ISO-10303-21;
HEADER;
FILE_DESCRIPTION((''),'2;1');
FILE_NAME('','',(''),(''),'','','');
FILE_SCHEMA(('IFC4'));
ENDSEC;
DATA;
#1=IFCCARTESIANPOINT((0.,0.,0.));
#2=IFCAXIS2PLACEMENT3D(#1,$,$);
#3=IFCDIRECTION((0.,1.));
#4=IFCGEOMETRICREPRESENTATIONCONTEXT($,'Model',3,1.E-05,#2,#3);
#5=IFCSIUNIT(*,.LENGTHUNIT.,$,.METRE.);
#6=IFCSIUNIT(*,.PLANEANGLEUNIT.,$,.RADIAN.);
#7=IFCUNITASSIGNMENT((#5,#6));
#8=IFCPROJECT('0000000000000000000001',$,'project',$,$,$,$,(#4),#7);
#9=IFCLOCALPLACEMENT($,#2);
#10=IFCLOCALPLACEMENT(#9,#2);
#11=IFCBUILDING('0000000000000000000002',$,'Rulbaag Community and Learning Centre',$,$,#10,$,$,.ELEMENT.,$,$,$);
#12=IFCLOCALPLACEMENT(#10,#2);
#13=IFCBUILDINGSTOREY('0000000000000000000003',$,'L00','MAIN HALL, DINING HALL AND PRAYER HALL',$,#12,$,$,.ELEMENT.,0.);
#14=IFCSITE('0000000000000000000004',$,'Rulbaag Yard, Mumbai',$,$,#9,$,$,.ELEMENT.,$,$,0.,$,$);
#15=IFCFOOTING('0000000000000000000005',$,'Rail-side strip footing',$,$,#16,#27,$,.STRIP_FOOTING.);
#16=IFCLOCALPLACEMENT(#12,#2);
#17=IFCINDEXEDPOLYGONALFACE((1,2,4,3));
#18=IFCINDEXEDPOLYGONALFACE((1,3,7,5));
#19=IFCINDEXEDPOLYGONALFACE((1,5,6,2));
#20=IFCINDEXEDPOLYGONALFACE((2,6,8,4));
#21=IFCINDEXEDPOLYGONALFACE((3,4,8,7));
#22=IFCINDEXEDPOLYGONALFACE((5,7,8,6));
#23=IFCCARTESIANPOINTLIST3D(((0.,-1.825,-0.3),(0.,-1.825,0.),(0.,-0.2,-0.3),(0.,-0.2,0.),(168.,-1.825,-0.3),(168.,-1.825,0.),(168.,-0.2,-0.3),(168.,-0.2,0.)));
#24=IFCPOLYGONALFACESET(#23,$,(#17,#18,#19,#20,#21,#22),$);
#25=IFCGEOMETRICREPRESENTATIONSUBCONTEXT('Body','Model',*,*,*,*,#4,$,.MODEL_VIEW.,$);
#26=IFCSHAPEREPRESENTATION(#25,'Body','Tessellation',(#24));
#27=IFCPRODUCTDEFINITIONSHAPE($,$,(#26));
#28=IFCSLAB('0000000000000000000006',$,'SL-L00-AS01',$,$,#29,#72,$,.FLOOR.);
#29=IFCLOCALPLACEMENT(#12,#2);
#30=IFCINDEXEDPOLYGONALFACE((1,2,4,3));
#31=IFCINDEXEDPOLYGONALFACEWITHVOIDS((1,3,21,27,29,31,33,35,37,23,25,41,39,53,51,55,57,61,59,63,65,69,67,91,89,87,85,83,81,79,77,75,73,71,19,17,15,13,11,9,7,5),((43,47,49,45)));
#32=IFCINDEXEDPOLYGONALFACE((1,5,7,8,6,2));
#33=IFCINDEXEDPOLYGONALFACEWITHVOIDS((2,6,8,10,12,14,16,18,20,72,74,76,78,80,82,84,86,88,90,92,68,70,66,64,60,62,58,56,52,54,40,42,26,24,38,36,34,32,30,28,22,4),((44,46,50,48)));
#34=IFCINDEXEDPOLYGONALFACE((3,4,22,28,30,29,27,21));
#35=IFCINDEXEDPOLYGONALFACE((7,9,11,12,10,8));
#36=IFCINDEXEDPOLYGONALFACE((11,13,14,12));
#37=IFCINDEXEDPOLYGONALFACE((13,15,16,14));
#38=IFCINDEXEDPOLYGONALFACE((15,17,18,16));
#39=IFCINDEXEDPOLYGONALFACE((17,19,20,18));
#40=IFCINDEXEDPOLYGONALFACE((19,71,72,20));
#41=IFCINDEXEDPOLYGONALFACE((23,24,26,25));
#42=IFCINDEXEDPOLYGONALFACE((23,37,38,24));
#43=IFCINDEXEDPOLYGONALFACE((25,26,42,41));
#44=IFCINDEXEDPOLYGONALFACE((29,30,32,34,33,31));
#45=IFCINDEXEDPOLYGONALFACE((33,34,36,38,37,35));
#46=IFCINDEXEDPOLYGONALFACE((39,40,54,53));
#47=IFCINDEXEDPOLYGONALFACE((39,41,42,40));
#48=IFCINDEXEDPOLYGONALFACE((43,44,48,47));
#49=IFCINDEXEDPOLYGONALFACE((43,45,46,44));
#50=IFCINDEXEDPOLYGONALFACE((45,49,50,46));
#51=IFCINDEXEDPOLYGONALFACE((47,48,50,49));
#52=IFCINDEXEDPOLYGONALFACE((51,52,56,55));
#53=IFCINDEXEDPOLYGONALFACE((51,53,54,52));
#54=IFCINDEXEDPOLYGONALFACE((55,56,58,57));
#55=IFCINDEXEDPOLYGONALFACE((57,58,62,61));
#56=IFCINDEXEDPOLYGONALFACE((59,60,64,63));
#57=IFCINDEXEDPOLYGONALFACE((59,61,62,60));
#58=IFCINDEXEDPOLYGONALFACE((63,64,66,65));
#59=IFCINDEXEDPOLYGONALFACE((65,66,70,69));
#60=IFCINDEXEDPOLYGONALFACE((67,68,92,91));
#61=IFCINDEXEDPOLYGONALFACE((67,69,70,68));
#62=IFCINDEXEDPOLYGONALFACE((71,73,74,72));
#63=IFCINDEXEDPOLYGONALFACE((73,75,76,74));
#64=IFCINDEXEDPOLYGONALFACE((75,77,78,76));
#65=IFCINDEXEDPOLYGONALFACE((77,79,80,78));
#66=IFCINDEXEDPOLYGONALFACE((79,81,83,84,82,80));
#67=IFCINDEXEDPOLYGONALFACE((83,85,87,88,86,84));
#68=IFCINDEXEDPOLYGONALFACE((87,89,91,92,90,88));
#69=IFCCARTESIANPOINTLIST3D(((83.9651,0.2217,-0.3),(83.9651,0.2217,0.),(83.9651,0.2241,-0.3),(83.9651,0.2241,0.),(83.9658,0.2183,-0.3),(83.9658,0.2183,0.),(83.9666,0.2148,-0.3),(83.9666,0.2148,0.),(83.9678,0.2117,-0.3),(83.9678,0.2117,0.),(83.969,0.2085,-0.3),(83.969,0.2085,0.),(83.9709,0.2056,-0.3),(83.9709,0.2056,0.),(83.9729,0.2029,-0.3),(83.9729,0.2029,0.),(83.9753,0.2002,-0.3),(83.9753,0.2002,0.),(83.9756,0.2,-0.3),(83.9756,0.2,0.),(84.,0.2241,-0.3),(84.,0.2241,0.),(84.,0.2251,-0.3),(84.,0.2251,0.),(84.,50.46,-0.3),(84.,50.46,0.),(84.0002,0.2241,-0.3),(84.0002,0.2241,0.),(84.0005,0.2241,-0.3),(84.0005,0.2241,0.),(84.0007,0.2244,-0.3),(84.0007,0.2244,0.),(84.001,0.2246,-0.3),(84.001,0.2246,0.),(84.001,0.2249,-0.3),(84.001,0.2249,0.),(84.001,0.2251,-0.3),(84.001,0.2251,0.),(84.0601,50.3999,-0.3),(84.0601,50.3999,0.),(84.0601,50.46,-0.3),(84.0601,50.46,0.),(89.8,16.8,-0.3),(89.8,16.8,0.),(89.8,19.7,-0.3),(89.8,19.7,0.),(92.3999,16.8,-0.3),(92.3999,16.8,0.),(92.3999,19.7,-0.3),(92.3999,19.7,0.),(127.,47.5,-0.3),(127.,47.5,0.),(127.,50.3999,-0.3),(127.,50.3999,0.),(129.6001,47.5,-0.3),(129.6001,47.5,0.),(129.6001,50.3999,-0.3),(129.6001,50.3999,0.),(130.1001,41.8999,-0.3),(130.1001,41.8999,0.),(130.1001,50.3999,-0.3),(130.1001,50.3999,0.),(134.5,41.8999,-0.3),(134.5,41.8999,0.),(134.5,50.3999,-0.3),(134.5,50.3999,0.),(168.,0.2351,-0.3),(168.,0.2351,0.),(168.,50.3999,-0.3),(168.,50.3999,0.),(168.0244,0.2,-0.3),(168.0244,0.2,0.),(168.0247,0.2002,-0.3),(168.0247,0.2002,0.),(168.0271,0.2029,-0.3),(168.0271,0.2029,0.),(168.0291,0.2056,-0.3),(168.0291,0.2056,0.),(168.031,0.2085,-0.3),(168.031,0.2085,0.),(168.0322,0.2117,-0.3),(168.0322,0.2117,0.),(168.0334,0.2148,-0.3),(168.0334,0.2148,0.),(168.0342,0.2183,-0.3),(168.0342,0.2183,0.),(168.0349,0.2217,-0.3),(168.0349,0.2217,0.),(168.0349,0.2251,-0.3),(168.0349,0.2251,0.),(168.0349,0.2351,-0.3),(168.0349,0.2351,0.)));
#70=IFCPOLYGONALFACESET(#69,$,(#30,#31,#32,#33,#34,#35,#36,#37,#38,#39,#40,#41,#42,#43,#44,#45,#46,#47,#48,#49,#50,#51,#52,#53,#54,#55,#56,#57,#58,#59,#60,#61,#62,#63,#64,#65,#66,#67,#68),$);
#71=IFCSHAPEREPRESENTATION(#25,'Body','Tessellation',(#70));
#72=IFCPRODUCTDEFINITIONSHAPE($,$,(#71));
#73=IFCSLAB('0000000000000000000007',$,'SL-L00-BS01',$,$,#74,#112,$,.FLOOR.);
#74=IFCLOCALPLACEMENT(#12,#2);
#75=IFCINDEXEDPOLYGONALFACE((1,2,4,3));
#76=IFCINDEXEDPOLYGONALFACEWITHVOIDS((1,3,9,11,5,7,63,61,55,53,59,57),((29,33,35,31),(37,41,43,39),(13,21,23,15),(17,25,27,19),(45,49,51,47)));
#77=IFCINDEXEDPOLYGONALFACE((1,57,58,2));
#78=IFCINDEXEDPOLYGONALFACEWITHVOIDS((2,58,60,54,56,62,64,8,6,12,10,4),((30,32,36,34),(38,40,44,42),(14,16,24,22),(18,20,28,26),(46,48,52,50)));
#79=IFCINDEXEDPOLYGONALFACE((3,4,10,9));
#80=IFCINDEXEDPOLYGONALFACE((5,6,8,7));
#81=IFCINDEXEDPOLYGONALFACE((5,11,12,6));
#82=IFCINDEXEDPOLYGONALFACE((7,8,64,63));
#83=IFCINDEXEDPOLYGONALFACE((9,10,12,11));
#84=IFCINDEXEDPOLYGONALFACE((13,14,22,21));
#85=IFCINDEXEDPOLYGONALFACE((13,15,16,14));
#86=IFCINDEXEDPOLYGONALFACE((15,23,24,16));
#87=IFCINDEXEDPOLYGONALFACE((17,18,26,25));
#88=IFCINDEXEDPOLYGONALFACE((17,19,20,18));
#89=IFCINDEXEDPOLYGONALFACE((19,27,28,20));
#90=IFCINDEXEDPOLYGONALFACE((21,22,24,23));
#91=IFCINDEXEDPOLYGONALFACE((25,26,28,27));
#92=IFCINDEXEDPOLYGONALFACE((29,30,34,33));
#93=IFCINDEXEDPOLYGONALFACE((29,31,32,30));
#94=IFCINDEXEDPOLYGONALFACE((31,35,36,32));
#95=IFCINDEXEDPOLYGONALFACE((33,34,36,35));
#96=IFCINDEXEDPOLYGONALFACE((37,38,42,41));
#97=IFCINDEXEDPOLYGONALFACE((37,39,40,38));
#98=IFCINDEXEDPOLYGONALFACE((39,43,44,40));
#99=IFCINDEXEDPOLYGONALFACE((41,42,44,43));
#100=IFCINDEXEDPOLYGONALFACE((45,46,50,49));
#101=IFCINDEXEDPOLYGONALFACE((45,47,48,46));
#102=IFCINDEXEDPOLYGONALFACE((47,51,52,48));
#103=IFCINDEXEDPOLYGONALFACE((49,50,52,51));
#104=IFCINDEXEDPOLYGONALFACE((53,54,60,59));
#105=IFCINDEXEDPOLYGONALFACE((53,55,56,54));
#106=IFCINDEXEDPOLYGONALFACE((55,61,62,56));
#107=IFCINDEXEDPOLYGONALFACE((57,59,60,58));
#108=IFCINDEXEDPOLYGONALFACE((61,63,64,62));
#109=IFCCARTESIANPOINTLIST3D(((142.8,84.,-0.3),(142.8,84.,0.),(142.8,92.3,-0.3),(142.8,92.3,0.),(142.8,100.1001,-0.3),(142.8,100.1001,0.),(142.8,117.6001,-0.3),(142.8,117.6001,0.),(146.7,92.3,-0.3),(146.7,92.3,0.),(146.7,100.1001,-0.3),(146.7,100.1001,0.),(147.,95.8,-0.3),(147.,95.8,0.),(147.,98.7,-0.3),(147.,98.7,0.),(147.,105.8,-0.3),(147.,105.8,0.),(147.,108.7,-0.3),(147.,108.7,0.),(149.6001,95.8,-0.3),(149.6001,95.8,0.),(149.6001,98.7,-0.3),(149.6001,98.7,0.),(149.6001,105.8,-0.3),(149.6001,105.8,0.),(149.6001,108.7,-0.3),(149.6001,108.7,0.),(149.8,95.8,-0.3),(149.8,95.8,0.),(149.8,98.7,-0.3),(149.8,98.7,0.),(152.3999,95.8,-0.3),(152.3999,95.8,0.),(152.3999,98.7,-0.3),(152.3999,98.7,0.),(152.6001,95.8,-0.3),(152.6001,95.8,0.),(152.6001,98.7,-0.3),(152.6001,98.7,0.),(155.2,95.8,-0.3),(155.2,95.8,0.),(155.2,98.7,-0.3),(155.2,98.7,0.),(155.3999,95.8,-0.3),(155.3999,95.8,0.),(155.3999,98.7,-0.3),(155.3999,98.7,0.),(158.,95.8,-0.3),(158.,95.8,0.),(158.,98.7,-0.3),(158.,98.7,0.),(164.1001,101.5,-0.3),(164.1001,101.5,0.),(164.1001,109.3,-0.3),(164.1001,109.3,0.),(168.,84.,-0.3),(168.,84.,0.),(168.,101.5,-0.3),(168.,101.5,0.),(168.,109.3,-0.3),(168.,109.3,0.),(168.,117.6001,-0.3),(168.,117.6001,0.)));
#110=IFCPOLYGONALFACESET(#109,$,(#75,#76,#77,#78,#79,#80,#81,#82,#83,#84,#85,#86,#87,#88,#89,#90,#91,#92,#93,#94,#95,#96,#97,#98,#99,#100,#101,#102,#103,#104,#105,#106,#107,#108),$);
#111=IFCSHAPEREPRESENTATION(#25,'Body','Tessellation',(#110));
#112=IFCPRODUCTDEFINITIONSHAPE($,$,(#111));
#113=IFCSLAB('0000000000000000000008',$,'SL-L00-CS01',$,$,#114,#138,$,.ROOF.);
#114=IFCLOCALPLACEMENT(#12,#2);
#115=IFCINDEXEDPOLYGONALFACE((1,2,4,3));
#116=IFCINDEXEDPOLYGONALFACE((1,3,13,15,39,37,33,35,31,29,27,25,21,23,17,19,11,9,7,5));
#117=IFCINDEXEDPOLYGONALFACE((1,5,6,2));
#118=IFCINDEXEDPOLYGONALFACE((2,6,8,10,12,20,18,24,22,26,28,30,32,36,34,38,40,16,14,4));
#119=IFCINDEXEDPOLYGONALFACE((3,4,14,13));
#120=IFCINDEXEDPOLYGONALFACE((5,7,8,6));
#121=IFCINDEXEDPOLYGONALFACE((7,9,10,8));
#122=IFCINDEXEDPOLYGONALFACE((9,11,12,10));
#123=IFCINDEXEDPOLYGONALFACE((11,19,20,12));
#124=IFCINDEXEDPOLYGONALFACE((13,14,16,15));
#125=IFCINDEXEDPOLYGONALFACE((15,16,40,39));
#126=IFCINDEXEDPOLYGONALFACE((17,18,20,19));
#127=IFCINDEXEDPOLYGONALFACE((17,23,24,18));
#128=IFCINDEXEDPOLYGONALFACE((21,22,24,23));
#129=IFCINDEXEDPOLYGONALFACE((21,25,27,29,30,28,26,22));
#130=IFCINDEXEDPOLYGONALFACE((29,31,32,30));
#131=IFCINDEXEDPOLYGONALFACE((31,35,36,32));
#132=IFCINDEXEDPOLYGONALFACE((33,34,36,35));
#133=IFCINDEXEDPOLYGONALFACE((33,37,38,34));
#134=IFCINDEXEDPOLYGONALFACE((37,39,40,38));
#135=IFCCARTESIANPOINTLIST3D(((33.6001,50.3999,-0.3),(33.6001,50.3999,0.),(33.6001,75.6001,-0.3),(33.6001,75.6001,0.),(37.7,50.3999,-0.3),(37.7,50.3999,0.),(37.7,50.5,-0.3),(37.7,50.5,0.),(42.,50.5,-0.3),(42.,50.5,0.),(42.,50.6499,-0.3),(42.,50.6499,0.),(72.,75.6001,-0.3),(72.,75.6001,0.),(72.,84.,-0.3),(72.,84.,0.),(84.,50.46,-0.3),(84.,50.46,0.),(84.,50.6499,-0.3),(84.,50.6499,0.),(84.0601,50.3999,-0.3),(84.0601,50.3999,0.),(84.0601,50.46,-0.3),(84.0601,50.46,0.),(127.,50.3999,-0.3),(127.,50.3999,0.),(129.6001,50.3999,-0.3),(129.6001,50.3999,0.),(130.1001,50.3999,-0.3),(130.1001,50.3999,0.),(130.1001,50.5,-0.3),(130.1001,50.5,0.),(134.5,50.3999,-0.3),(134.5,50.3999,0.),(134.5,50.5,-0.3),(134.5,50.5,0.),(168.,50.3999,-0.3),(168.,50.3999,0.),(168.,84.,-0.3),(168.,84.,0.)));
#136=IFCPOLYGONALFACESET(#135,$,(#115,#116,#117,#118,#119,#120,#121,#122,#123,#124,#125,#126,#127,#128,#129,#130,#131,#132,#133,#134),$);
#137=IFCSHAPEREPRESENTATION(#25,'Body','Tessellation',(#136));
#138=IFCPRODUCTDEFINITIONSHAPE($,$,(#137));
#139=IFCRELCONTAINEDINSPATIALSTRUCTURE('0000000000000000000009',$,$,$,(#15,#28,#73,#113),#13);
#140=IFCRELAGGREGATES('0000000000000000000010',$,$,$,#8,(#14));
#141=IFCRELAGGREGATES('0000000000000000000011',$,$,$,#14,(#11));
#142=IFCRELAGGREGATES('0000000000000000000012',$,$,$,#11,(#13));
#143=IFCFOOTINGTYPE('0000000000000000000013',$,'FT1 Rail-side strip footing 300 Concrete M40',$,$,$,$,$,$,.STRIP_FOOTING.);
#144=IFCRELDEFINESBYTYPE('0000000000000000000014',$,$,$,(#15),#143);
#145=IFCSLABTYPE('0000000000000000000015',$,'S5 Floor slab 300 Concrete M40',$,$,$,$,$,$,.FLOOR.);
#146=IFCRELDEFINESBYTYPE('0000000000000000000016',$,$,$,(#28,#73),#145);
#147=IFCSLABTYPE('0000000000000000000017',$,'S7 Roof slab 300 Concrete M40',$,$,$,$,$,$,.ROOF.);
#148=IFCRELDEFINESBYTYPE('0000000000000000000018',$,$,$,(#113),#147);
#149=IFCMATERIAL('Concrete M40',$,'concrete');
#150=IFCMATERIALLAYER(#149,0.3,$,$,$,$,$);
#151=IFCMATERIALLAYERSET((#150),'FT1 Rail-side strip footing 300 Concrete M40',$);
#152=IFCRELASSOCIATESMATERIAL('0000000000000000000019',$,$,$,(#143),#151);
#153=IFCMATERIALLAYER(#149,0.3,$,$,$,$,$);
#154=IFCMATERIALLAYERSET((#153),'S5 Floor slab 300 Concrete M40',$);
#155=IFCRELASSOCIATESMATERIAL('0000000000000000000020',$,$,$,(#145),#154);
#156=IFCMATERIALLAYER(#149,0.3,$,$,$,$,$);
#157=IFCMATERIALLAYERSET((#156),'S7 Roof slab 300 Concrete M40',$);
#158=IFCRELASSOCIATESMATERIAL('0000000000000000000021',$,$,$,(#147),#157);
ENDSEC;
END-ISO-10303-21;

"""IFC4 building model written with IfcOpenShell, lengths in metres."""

from ifc_helpers import new_model, si_unit, direction, frame, origin, place, context, subcontext, project, spatial, polyline, outline, extrude, material, layer, layer_set, type_object, element, save


model = new_model("IFC4")

# Units and contexts
model_context = context("Model", 3, precision=1e-05, world=origin(), true_north=direction((0.0, 1.0)))
body_context = subcontext(model_context, "Body", "Model", "MODEL_VIEW")
ifc_project = project(units=[si_unit("LENGTHUNIT", "METRE"), si_unit("PLANEANGLEUNIT", "RADIAN")], contexts=[model_context])

# Site, building, storey
site_placement = place(None, origin())
site = spatial("IfcSite", under=ifc_project, at=site_placement, Name="Rulbaag Yard, Mumbai", CompositionType="ELEMENT", RefElevation=0.0)
building_placement = place(site_placement, origin())
building = spatial("IfcBuilding", under=site, at=building_placement, Name="Rulbaag Community and Learning Centre", CompositionType="ELEMENT")
storey_placement = place(building_placement, origin())
storey = spatial("IfcBuildingStorey", under=building, at=storey_placement, Name="L00", Description="MAIN HALL, DINING HALL AND PRAYER HALL", CompositionType="ELEMENT", Elevation=0.0)

# Footing
ifc_material = material(Name="Concrete M40", Category="concrete")
ifc_layer_1 = layer(ifc_material, 0.3)
ifc_layer_set_1 = layer_set([ifc_layer_1], Name="FT1 Rail-side strip footing 300 Concrete M40")
footing_type = type_object("IfcFootingType", Name="FT1 Rail-side strip footing 300 Concrete M40", PredefinedType="STRIP_FOOTING", material=ifc_layer_set_1)
footing_placement = place(storey_placement, frame((0.0, 0.0, -0.3)))
element("IfcFooting", 1, at=footing_placement, inside=storey, type_object=footing_type, Name="Rail-side strip footing", PredefinedType="STRIP_FOOTING", context=body_context, shape_type="SweptSolid", body=[
    extrude(outline(polyline([(0.0, -0.2), (168.0, -0.2), (168.0, -1.825), (0.0, -1.825), (0.0, -0.2)])), origin(), (0.0, 0.0, 1.0), 0.3),
])

# Slabs
ifc_layer_2 = layer(ifc_material, 0.3)
ifc_layer_set_2 = layer_set([ifc_layer_2], Name="S5 Floor slab 300 Concrete M40")
slab_type_1 = type_object("IfcSlabType", Name="S5 Floor slab 300 Concrete M40", PredefinedType="FLOOR", material=ifc_layer_set_2)
slab_1_placement = place(storey_placement, frame((0.0, 0.0, -0.3)))
element("IfcSlab", 2, at=slab_1_placement, inside=storey, type_object=slab_type_1, Name="SL-L00-AS01", PredefinedType="FLOOR", context=body_context, shape_type="SweptSolid", body=[
    extrude(outline(polyline([(168.0334, 0.2148), (168.0322, 0.2117), (168.031, 0.2085), (168.0291, 0.2056), (168.0271, 0.2029), (168.0247, 0.2002), (168.0244, 0.2), (83.9756, 0.2), (83.9753, 0.2002), (83.9729, 0.2029), (83.9709, 0.2056), (83.969, 0.2085), (83.9678, 0.2117), (83.9666, 0.2148), (83.9658, 0.2183), (83.9651, 0.2217), (83.9651, 0.2241), (84.0, 0.2241), (84.0, 0.2241), (84.0002, 0.2241), (84.0002, 0.2241), (84.0005, 0.2241), (84.0005, 0.2241), (84.0005, 0.2241), (84.0005, 0.2241), (84.0007, 0.2244), (84.0007, 0.2244), (84.0007, 0.2244), (84.001, 0.2246), (84.001, 0.2246), (84.001, 0.2246), (84.001, 0.2249), (84.001, 0.2249), (84.001, 0.2251), (84.0, 0.2251), (84.0, 50.46), (84.0601, 50.46), (84.0601, 50.3999), (127.0, 50.3999), (127.0, 47.5), (129.6001, 47.5), (129.6001, 50.3999), (130.1001, 50.3999), (130.1001, 41.8999), (134.5, 41.8999), (134.5, 50.3999), (168.0, 50.3999), (168.0, 0.2351), (168.0349, 0.2351), (168.0349, 0.2251), (168.0349, 0.2217), (168.0342, 0.2183), (168.0334, 0.2148)]), holes=[polyline([(92.3999, 19.7), (89.8, 19.7), (89.8, 16.8), (92.3999, 16.8), (92.3999, 19.7)])]), origin(), (0.0, 0.0, 1.0), 0.3),
])
slab_2_placement = place(storey_placement, frame((0.0, 0.0, -0.3)))
element("IfcSlab", 3, at=slab_2_placement, inside=storey, type_object=slab_type_1, Name="SL-L00-BS01", PredefinedType="FLOOR", context=body_context, shape_type="SweptSolid", body=[
    extrude(outline(polyline([(142.8, 92.3), (146.7, 92.3), (146.7, 100.1001), (142.8, 100.1001), (142.8, 117.6001), (168.0, 117.6001), (168.0, 109.3), (164.1001, 109.3), (164.1001, 101.5), (168.0, 101.5), (168.0, 84.0), (142.8, 84.0), (142.8, 92.3)]), holes=[polyline([(147.0, 95.8), (149.6001, 95.8), (149.6001, 98.7), (147.0, 98.7), (147.0, 95.8)]), polyline([(149.8, 95.8), (152.3999, 95.8), (152.3999, 98.7), (149.8, 98.7), (149.8, 95.8)]), polyline([(152.6001, 95.8), (155.2, 95.8), (155.2, 98.7), (152.6001, 98.7), (152.6001, 95.8)]), polyline([(155.3999, 95.8), (158.0, 95.8), (158.0, 98.7), (155.3999, 98.7), (155.3999, 95.8)]), polyline([(147.0, 108.7), (147.0, 105.8), (149.6001, 105.8), (149.6001, 108.7), (147.0, 108.7)])]), origin(), (0.0, 0.0, 1.0), 0.3),
])
ifc_layer_3 = layer(ifc_material, 0.3)
ifc_layer_set_3 = layer_set([ifc_layer_3], Name="S7 Roof slab 300 Concrete M40")
slab_type_2 = type_object("IfcSlabType", Name="S7 Roof slab 300 Concrete M40", PredefinedType="ROOF", material=ifc_layer_set_3)
slab_3_placement = place(storey_placement, frame((0.0, 0.0, -0.3)))
element("IfcSlab", 4, at=slab_3_placement, inside=storey, type_object=slab_type_2, Name="SL-L00-CS01", PredefinedType="ROOF", context=body_context, shape_type="SweptSolid", body=[
    extrude(outline(polyline([(72.0, 84.0), (168.0, 84.0), (168.0, 50.3999), (134.5, 50.3999), (134.5, 50.5), (130.1001, 50.5), (130.1001, 50.3999), (129.6001, 50.3999), (127.0, 50.3999), (84.0601, 50.3999), (84.0601, 50.46), (84.0, 50.46), (84.0, 50.6499), (42.0, 50.6499), (42.0, 50.5), (37.7, 50.5), (37.7, 50.3999), (33.6001, 50.3999), (33.6001, 75.6001), (72.0, 75.6001), (72.0, 84.0)])), origin(), (0.0, 0.0, 1.0), 0.3),
])

save(model, "model.ifc")
